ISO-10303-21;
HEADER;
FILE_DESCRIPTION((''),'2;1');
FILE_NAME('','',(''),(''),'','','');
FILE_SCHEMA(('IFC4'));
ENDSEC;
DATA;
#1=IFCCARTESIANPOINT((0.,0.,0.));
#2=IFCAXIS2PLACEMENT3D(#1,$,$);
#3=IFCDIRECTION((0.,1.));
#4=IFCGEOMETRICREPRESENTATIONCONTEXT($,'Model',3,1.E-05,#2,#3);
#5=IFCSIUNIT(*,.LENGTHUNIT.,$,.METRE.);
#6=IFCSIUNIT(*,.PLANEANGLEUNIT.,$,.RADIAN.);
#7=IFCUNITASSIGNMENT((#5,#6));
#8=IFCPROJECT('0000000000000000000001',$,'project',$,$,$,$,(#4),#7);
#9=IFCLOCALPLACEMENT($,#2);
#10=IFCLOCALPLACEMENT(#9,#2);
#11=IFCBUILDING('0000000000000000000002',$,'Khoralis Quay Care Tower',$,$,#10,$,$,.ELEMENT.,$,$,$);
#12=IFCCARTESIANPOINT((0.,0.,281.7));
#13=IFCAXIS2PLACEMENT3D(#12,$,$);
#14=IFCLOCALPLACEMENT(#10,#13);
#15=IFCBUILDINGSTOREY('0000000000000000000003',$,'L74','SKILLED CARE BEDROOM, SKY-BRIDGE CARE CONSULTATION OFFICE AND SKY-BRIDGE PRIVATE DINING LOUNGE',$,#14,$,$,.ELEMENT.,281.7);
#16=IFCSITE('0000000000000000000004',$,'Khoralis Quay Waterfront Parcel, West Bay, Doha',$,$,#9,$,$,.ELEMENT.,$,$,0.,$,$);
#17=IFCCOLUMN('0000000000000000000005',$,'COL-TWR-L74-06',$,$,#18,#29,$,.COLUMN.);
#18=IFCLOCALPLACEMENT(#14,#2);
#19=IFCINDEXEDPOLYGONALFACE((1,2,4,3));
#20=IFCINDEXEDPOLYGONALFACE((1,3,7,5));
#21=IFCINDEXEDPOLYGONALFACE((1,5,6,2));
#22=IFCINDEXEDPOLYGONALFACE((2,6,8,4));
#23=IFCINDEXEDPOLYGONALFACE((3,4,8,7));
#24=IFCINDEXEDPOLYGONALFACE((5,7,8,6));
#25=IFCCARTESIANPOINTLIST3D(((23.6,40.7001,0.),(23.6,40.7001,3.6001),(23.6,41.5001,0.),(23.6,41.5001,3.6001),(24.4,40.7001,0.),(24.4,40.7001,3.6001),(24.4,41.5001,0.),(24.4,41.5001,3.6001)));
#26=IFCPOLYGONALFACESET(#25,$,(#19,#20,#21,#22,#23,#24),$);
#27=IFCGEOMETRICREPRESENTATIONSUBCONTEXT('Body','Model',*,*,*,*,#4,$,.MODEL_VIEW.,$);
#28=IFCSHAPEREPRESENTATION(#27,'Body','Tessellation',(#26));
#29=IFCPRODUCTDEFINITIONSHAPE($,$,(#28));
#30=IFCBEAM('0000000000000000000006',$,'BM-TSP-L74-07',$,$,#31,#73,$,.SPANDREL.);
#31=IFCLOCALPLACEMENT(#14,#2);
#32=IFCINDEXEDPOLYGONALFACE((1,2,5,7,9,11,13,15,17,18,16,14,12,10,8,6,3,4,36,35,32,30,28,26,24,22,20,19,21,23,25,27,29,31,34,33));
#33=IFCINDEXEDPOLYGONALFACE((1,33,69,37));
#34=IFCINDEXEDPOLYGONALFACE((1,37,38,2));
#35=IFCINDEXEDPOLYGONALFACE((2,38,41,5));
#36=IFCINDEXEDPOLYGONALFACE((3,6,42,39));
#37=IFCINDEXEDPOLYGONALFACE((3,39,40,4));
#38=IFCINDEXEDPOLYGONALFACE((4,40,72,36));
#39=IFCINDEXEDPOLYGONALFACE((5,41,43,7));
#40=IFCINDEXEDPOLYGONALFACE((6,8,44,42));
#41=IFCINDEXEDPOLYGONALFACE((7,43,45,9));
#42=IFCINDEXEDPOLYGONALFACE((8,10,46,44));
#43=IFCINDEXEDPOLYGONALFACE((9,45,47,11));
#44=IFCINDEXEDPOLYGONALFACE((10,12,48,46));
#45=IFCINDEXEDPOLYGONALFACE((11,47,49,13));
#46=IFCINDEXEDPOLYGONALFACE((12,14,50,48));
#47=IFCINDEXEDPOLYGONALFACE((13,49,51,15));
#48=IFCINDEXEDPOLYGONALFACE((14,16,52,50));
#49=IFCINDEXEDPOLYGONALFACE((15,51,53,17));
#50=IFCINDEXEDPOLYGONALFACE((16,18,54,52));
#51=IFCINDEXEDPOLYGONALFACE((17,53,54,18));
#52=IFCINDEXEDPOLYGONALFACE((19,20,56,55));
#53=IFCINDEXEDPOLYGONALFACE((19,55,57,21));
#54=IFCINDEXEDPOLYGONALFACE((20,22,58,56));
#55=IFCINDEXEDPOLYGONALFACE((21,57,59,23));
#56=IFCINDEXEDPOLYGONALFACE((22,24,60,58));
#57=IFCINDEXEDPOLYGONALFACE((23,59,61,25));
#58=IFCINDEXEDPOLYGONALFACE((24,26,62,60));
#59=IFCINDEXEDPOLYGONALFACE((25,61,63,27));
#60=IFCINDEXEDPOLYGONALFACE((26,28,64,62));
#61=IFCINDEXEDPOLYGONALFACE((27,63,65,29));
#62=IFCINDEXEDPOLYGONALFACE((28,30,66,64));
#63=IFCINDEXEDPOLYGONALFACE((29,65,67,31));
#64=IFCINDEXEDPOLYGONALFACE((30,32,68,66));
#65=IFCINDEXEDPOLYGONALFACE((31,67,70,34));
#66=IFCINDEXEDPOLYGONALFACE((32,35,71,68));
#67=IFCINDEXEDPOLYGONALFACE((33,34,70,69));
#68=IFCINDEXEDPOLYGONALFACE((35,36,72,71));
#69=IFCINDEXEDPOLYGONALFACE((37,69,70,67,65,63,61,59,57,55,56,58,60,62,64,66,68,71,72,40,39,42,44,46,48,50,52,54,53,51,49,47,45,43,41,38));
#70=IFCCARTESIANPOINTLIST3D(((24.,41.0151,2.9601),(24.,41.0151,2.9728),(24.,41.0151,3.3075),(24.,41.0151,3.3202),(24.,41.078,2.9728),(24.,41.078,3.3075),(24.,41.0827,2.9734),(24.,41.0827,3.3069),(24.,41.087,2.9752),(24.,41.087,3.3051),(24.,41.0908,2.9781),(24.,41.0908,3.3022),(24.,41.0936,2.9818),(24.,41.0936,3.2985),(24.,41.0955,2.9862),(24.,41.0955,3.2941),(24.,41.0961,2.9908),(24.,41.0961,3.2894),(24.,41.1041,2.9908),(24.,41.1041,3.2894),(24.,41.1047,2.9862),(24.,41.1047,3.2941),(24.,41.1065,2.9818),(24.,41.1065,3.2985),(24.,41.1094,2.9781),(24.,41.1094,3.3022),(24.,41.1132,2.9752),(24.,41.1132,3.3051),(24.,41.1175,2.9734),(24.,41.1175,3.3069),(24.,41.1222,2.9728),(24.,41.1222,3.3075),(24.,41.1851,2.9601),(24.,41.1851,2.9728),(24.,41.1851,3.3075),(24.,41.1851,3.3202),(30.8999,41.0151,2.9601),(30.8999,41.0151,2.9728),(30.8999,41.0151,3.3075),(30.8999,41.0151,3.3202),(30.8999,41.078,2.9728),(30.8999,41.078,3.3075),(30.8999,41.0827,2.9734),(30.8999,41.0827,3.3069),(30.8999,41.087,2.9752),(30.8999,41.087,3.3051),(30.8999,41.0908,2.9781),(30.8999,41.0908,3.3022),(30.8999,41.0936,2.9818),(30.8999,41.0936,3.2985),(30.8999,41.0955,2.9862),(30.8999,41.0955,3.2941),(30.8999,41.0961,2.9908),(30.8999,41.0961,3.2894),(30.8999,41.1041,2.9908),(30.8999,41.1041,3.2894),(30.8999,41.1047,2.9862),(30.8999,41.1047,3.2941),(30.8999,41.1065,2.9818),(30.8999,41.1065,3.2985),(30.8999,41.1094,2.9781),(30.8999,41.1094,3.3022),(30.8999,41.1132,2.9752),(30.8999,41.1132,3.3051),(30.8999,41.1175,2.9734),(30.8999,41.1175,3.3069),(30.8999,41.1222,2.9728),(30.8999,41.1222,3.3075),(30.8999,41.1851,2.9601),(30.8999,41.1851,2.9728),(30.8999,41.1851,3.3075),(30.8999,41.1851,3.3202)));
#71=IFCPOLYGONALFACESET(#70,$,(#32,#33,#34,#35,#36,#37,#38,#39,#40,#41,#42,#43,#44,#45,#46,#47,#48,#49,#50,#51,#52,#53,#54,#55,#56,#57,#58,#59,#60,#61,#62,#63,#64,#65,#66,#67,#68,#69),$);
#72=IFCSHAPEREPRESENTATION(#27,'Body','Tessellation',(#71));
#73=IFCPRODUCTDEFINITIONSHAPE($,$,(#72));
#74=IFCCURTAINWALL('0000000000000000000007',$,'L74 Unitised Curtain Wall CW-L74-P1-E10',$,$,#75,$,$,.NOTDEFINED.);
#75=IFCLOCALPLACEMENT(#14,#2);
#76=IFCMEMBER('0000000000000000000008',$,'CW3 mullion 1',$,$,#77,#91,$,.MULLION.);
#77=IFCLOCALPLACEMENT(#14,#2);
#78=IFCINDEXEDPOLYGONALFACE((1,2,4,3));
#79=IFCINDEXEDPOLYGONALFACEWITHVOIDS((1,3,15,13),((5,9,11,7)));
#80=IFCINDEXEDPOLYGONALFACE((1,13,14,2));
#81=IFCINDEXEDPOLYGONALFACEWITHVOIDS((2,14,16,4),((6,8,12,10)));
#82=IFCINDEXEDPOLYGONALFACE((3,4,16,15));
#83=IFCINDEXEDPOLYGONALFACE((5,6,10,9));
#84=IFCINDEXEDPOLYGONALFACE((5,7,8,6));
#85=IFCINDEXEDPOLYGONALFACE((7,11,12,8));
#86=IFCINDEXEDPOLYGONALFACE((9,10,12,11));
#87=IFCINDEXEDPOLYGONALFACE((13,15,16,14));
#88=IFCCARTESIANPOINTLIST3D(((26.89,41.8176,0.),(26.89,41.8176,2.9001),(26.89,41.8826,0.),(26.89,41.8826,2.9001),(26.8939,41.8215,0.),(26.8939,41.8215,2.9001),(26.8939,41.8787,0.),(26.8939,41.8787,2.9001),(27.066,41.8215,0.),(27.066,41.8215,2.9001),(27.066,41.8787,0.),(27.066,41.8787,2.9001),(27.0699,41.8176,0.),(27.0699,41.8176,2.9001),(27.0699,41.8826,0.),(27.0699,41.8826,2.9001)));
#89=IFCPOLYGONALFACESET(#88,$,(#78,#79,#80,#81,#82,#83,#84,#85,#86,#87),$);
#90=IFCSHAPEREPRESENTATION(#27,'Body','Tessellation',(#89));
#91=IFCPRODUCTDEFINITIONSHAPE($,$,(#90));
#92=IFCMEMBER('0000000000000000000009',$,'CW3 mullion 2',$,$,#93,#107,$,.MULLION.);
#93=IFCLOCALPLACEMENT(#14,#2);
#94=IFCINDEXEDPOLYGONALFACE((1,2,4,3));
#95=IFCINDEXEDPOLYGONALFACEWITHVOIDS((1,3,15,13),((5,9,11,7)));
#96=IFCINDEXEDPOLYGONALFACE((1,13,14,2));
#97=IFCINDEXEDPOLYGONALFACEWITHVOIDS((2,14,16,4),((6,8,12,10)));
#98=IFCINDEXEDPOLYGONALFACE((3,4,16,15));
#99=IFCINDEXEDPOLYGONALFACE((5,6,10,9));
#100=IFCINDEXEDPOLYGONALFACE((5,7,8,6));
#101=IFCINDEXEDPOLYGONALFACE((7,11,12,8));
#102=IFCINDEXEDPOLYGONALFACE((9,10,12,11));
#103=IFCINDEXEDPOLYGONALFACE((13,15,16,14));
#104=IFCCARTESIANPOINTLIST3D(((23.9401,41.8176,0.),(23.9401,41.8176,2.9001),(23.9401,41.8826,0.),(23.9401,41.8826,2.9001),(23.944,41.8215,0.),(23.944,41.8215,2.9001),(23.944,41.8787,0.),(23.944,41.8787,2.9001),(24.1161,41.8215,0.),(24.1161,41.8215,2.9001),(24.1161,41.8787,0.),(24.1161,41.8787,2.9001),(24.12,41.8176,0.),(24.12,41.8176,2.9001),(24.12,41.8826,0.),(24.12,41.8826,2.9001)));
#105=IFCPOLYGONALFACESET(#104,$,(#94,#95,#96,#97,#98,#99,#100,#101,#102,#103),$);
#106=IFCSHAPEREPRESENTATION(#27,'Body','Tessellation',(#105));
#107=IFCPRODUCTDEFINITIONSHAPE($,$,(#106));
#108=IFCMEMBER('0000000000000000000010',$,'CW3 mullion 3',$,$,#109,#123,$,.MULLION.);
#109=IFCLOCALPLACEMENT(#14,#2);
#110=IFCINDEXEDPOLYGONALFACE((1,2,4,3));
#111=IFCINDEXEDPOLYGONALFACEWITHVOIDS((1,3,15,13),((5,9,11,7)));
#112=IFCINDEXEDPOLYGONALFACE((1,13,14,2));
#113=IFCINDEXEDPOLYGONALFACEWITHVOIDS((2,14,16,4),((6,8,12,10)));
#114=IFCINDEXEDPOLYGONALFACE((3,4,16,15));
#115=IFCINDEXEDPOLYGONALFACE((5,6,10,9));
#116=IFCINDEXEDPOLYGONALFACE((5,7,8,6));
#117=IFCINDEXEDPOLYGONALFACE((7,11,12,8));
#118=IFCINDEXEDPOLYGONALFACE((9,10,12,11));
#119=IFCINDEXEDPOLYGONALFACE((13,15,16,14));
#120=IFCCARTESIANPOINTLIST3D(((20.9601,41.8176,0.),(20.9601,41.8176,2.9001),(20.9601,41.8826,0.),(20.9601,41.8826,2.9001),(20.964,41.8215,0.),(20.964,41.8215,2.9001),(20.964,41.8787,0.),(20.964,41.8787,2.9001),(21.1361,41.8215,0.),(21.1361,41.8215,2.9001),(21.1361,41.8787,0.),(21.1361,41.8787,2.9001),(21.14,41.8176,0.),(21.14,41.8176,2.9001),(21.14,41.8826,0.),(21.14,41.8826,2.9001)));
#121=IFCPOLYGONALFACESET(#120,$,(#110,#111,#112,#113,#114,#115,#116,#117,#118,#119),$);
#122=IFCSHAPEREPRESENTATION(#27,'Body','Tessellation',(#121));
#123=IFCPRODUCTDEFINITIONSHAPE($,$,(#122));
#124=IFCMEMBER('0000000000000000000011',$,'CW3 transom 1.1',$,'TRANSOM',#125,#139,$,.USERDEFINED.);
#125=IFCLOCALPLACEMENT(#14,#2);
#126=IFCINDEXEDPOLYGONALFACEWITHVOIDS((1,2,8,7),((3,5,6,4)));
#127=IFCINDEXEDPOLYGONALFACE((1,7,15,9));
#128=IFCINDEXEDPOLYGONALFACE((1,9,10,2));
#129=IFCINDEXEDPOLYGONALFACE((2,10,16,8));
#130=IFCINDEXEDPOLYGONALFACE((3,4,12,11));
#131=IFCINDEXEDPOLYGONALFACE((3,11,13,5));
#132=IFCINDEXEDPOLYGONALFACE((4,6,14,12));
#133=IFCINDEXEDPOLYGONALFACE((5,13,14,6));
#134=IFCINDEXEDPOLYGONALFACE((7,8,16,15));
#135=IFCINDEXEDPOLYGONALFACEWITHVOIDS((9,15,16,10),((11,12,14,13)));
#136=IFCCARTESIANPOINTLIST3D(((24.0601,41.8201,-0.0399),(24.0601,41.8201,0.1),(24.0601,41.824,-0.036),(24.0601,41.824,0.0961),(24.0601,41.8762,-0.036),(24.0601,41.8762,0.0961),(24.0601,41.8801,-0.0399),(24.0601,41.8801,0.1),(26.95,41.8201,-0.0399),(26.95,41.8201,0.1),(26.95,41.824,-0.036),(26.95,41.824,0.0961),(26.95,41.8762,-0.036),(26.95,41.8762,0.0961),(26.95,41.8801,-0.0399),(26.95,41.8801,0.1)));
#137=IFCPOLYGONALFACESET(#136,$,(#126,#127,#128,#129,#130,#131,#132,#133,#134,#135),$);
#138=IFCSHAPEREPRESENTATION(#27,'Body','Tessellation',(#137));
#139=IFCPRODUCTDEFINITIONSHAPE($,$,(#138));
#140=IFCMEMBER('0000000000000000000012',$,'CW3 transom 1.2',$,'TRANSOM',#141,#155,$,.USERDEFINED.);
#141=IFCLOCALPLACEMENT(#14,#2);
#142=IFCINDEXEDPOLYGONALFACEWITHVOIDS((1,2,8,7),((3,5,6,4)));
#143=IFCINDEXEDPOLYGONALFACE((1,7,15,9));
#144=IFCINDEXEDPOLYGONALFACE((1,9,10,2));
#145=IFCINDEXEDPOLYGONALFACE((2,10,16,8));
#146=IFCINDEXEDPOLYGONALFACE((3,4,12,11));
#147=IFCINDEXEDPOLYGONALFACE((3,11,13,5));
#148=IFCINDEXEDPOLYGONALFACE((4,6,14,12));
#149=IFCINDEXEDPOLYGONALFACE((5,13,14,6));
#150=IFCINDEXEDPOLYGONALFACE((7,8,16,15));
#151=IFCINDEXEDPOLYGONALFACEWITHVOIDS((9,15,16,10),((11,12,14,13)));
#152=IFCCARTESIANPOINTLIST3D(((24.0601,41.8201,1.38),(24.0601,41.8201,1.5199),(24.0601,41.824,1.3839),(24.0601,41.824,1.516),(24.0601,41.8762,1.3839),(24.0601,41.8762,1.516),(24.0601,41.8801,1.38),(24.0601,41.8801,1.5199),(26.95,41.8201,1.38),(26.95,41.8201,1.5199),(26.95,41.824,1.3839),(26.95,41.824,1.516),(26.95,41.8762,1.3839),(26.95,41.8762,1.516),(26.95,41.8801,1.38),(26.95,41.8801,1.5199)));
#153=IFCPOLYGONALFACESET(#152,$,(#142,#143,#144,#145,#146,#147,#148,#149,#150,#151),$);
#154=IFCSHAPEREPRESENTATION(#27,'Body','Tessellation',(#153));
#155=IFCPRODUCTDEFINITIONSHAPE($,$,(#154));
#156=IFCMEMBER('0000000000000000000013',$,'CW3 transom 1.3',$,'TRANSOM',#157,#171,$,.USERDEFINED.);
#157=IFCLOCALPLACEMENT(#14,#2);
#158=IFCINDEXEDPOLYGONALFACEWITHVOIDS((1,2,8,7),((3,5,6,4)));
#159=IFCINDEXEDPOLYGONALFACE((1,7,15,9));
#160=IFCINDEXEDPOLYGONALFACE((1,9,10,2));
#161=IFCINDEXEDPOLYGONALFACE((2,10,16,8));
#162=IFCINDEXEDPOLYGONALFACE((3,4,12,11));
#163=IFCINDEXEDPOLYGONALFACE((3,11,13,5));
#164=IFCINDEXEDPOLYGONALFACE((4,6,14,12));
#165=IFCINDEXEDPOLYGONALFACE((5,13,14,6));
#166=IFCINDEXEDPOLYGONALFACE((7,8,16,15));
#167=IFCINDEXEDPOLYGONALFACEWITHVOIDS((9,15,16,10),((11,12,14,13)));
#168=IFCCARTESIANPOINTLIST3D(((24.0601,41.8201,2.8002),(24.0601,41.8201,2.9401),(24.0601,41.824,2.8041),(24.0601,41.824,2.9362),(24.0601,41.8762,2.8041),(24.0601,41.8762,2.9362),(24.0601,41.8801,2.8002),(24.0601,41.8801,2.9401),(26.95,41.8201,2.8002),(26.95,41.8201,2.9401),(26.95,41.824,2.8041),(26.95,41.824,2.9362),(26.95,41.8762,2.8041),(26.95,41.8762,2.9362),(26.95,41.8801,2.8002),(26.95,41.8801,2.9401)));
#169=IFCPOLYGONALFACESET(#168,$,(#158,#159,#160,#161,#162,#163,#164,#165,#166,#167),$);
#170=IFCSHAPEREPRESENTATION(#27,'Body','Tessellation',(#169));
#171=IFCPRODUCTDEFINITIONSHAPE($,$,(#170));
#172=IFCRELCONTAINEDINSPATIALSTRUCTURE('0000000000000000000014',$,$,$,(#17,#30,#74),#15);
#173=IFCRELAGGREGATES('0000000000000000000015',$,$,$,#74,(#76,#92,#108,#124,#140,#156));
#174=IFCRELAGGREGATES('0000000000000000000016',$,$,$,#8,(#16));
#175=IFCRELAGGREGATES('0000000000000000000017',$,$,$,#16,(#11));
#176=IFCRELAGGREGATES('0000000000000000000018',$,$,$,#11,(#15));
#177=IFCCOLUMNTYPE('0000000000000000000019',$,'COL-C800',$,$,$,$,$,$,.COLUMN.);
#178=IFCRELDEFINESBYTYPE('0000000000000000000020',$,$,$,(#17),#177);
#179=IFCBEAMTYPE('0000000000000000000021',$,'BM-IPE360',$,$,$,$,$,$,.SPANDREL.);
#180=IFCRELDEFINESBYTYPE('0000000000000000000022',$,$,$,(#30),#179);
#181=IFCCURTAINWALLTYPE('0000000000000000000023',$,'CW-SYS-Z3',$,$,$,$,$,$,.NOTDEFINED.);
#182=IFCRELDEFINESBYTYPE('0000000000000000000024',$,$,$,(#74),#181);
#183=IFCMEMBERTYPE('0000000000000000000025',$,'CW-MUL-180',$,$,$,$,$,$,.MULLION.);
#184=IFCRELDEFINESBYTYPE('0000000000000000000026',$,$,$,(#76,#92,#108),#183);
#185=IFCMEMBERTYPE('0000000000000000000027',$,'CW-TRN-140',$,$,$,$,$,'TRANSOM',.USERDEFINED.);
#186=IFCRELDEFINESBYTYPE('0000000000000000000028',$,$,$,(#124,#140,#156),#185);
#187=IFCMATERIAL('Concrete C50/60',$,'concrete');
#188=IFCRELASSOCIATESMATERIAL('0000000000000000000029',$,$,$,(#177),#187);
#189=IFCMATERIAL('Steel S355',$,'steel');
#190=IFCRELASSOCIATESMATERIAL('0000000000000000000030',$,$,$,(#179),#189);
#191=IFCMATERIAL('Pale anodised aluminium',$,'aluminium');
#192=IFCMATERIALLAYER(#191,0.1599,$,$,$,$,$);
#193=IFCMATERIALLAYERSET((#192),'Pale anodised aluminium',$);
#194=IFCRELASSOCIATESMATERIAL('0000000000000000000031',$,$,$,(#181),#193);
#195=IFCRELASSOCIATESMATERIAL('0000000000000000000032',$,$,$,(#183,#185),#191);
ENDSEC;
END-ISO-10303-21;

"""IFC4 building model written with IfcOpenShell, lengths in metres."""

from ifc_helpers import new_model, si_unit, direction, frame, origin, origin_2d, place, context, subcontext, project, spatial, rectangle, hollow_rectangle, i_section, extrude, source, transform, mapped, material, layer, layer_set, material_profile, profile_set, type_object, element, aggregate, save


model = new_model("IFC4")

# Units and contexts
model_context = context("Model", 3, precision=1e-05, world=origin(), true_north=direction((0.0, 1.0)))
body_context = subcontext(model_context, "Body", "Model", "MODEL_VIEW")
ifc_project = project(units=[si_unit("LENGTHUNIT", "METRE"), si_unit("PLANEANGLEUNIT", "RADIAN")], contexts=[model_context])

# Site, building, storey
site_placement = place(None, origin())
site = spatial("IfcSite", under=ifc_project, at=site_placement, Name="Khoralis Quay Waterfront Parcel, West Bay, Doha", CompositionType="ELEMENT", RefElevation=0.0)
building_placement = place(site_placement, origin())
building = spatial("IfcBuilding", under=site, at=building_placement, Name="Khoralis Quay Care Tower", CompositionType="ELEMENT")
storey_placement = place(building_placement, frame((0.0, 0.0, 281.7)))
storey = spatial("IfcBuildingStorey", under=building, at=storey_placement, Name="L74", Description="SKILLED CARE BEDROOM, SKY-BRIDGE CARE CONSULTATION OFFICE AND SKY-BRIDGE PRIVATE DINING LOUNGE", CompositionType="ELEMENT", Elevation=281.7)

# Column
ifc_material_1 = material(Name="Concrete C50/60", Category="concrete")
ifc_material_profile_1 = material_profile(ifc_material_1, rectangle(XDim=0.8, YDim=0.8, at=origin_2d()), Name="Concrete C50/60")
ifc_profile_set_1 = profile_set([ifc_material_profile_1], Name="Concrete C50/60")
column_type = type_object("IfcColumnType", Name="COL-C800", PredefinedType="COLUMN", material=ifc_profile_set_1)
shared_shape_1 = source(origin(), body_context, "Body", "SweptSolid", [
    extrude(rectangle(XDim=0.8, YDim=0.8, at=origin_2d()), origin(), (0.0, 0.0, 1.0), 3.6001),
])
column_placement = place(storey_placement, frame((24.0, 41.1001, 0.0), z_axis=(0.0, 0.0, 1.0), x_axis=(1.0, 0.0, 0.0)))
element("IfcColumn", 1, at=column_placement, inside=storey, type_object=column_type, Name="COL-TWR-L74-06", PredefinedType="COLUMN", context=body_context, shape_type="MappedRepresentation", body=[
    mapped(shared_shape_1, transform((0.0, 0.0, 0.0), scale=1.0)),
])

# Beam
ifc_material_2 = material(Name="Steel S355", Category="steel")
ifc_material_profile_2 = material_profile(ifc_material_2, i_section(OverallWidth=0.1699, OverallDepth=0.3601, WebThickness=0.0081, FlangeThickness=0.0127, FilletRadius=0.0181, at=origin_2d()), Name="Steel S355")
ifc_profile_set_2 = profile_set([ifc_material_profile_2], Name="Steel S355")
beam_type = type_object("IfcBeamType", Name="BM-IPE360", PredefinedType="SPANDREL", material=ifc_profile_set_2)
shared_shape_2 = source(origin(), body_context, "Body", "SweptSolid", [
    extrude(i_section(OverallWidth=0.1699, OverallDepth=0.3601, WebThickness=0.0081, FlangeThickness=0.0127, FilletRadius=0.0181, at=origin_2d()), origin(), (0.0, 0.0, 1.0), 6.8999),
])
beam_placement = place(storey_placement, frame((24.0, 41.1001, 3.1401), z_axis=(1.0, 0.0, 0.0), x_axis=(0.0, 1.0, 0.0)))
element("IfcBeam", 2, at=beam_placement, inside=storey, type_object=beam_type, Name="BM-TSP-L74-07", PredefinedType="SPANDREL", context=body_context, shape_type="MappedRepresentation", body=[
    mapped(shared_shape_2, transform((0.0, 0.0, 0.0), scale=1.0)),
])

# Curtain wall, members
ifc_material_3 = material(Name="Pale anodised aluminium", Category="aluminium")
ifc_layer_1 = layer(ifc_material_3, 0.1599)
ifc_layer_set_1 = layer_set([ifc_layer_1], Name="Pale anodised aluminium")
curtain_wall_type = type_object("IfcCurtainWallType", Name="CW-SYS-Z3", PredefinedType="NOTDEFINED", material=ifc_layer_set_1)
curtain_wall_placement = place(storey_placement, origin())
curtain_wall = element("IfcCurtainWall", 3, at=curtain_wall_placement, inside=storey, type_object=curtain_wall_type, Name="L74 Unitised Curtain Wall CW-L74-P1-E10", PredefinedType="NOTDEFINED")
ifc_material_profile_3 = material_profile(ifc_material_3, hollow_rectangle(XDim=0.0649, YDim=0.1799, WallThickness=0.0039, at=origin_2d()), Name="Pale anodised aluminium")
ifc_profile_set_3 = profile_set([ifc_material_profile_3], Name="Pale anodised aluminium")
member_type_1 = type_object("IfcMemberType", Name="CW-MUL-180", PredefinedType="MULLION", material=ifc_profile_set_3)
shared_shape_3 = source(origin(), body_context, "Body", "SweptSolid", [
    extrude(hollow_rectangle(XDim=0.0649, YDim=0.1799, WallThickness=0.0039, at=origin_2d()), origin(), (0.0, 0.0, 1.0), 2.9001),
])
member_1_placement = place(storey_placement, frame((26.98, 41.8501, 0.0), z_axis=(0.0, 0.0, 1.0), x_axis=(0.0, -1.0, 0.0)))
member_1 = element("IfcMember", 4, at=member_1_placement, type_object=member_type_1, Name="CW3 mullion 1", PredefinedType="MULLION", context=body_context, shape_type="MappedRepresentation", body=[
    mapped(shared_shape_3, transform((0.0, 0.0, 0.0), scale=1.0)),
])
member_2_placement = place(storey_placement, frame((24.03, 41.8501, 0.0), z_axis=(0.0, 0.0, 1.0), x_axis=(0.0, -1.0, 0.0)))
member_2 = element("IfcMember", 5, at=member_2_placement, type_object=member_type_1, Name="CW3 mullion 2", PredefinedType="MULLION", context=body_context, shape_type="MappedRepresentation", body=[
    mapped(shared_shape_3, transform((0.0, 0.0, 0.0), scale=1.0)),
])
member_3_placement = place(storey_placement, frame((21.05, 41.8501, 0.0), z_axis=(0.0, 0.0, 1.0), x_axis=(0.0, -1.0, 0.0)))
member_3 = element("IfcMember", 6, at=member_3_placement, type_object=member_type_1, Name="CW3 mullion 3", PredefinedType="MULLION", context=body_context, shape_type="MappedRepresentation", body=[
    mapped(shared_shape_3, transform((0.0, 0.0, 0.0), scale=1.0)),
])
ifc_material_profile_4 = material_profile(ifc_material_3, hollow_rectangle(XDim=0.0601, YDim=0.1399, WallThickness=0.0039, at=origin_2d()), Name="Pale anodised aluminium")
ifc_profile_set_4 = profile_set([ifc_material_profile_4], Name="Pale anodised aluminium")
member_type_2 = type_object("IfcMemberType", Name="CW-TRN-140", ElementType="TRANSOM", PredefinedType="USERDEFINED", material=ifc_profile_set_4)
shared_shape_4 = source(origin(), body_context, "Body", "SweptSolid", [
    extrude(hollow_rectangle(XDim=0.0601, YDim=0.1399, WallThickness=0.0039, at=origin_2d()), origin(), (0.0, 0.0, 1.0), 2.8899),
])
member_4_placement = place(storey_placement, frame((26.95, 41.8501, 0.03), z_axis=(-1.0, 0.0, 0.0), x_axis=(0.0, -1.0, 0.0)))
member_4 = element("IfcMember", 7, at=member_4_placement, type_object=member_type_2, Name="CW3 transom 1.1", ObjectType="TRANSOM", PredefinedType="USERDEFINED", context=body_context, shape_type="MappedRepresentation", body=[
    mapped(shared_shape_4, transform((0.0, 0.0, 0.0), scale=1.0)),
])
member_5_placement = place(storey_placement, frame((26.95, 41.8501, 1.45), z_axis=(-1.0, 0.0, 0.0), x_axis=(0.0, -1.0, 0.0)))
member_5 = element("IfcMember", 8, at=member_5_placement, type_object=member_type_2, Name="CW3 transom 1.2", ObjectType="TRANSOM", PredefinedType="USERDEFINED", context=body_context, shape_type="MappedRepresentation", body=[
    mapped(shared_shape_4, transform((0.0, 0.0, 0.0), scale=1.0)),
])
member_6_placement = place(storey_placement, frame((26.95, 41.8501, 2.8701), z_axis=(-1.0, 0.0, 0.0), x_axis=(0.0, -1.0, 0.0)))
member_6 = element("IfcMember", 9, at=member_6_placement, type_object=member_type_2, Name="CW3 transom 1.3", ObjectType="TRANSOM", PredefinedType="USERDEFINED", context=body_context, shape_type="MappedRepresentation", body=[
    mapped(shared_shape_4, transform((0.0, 0.0, 0.0), scale=1.0)),
])
aggregate(curtain_wall, [member_1, member_2, member_3, member_4, member_5, member_6])

save(model, "model.ifc")
